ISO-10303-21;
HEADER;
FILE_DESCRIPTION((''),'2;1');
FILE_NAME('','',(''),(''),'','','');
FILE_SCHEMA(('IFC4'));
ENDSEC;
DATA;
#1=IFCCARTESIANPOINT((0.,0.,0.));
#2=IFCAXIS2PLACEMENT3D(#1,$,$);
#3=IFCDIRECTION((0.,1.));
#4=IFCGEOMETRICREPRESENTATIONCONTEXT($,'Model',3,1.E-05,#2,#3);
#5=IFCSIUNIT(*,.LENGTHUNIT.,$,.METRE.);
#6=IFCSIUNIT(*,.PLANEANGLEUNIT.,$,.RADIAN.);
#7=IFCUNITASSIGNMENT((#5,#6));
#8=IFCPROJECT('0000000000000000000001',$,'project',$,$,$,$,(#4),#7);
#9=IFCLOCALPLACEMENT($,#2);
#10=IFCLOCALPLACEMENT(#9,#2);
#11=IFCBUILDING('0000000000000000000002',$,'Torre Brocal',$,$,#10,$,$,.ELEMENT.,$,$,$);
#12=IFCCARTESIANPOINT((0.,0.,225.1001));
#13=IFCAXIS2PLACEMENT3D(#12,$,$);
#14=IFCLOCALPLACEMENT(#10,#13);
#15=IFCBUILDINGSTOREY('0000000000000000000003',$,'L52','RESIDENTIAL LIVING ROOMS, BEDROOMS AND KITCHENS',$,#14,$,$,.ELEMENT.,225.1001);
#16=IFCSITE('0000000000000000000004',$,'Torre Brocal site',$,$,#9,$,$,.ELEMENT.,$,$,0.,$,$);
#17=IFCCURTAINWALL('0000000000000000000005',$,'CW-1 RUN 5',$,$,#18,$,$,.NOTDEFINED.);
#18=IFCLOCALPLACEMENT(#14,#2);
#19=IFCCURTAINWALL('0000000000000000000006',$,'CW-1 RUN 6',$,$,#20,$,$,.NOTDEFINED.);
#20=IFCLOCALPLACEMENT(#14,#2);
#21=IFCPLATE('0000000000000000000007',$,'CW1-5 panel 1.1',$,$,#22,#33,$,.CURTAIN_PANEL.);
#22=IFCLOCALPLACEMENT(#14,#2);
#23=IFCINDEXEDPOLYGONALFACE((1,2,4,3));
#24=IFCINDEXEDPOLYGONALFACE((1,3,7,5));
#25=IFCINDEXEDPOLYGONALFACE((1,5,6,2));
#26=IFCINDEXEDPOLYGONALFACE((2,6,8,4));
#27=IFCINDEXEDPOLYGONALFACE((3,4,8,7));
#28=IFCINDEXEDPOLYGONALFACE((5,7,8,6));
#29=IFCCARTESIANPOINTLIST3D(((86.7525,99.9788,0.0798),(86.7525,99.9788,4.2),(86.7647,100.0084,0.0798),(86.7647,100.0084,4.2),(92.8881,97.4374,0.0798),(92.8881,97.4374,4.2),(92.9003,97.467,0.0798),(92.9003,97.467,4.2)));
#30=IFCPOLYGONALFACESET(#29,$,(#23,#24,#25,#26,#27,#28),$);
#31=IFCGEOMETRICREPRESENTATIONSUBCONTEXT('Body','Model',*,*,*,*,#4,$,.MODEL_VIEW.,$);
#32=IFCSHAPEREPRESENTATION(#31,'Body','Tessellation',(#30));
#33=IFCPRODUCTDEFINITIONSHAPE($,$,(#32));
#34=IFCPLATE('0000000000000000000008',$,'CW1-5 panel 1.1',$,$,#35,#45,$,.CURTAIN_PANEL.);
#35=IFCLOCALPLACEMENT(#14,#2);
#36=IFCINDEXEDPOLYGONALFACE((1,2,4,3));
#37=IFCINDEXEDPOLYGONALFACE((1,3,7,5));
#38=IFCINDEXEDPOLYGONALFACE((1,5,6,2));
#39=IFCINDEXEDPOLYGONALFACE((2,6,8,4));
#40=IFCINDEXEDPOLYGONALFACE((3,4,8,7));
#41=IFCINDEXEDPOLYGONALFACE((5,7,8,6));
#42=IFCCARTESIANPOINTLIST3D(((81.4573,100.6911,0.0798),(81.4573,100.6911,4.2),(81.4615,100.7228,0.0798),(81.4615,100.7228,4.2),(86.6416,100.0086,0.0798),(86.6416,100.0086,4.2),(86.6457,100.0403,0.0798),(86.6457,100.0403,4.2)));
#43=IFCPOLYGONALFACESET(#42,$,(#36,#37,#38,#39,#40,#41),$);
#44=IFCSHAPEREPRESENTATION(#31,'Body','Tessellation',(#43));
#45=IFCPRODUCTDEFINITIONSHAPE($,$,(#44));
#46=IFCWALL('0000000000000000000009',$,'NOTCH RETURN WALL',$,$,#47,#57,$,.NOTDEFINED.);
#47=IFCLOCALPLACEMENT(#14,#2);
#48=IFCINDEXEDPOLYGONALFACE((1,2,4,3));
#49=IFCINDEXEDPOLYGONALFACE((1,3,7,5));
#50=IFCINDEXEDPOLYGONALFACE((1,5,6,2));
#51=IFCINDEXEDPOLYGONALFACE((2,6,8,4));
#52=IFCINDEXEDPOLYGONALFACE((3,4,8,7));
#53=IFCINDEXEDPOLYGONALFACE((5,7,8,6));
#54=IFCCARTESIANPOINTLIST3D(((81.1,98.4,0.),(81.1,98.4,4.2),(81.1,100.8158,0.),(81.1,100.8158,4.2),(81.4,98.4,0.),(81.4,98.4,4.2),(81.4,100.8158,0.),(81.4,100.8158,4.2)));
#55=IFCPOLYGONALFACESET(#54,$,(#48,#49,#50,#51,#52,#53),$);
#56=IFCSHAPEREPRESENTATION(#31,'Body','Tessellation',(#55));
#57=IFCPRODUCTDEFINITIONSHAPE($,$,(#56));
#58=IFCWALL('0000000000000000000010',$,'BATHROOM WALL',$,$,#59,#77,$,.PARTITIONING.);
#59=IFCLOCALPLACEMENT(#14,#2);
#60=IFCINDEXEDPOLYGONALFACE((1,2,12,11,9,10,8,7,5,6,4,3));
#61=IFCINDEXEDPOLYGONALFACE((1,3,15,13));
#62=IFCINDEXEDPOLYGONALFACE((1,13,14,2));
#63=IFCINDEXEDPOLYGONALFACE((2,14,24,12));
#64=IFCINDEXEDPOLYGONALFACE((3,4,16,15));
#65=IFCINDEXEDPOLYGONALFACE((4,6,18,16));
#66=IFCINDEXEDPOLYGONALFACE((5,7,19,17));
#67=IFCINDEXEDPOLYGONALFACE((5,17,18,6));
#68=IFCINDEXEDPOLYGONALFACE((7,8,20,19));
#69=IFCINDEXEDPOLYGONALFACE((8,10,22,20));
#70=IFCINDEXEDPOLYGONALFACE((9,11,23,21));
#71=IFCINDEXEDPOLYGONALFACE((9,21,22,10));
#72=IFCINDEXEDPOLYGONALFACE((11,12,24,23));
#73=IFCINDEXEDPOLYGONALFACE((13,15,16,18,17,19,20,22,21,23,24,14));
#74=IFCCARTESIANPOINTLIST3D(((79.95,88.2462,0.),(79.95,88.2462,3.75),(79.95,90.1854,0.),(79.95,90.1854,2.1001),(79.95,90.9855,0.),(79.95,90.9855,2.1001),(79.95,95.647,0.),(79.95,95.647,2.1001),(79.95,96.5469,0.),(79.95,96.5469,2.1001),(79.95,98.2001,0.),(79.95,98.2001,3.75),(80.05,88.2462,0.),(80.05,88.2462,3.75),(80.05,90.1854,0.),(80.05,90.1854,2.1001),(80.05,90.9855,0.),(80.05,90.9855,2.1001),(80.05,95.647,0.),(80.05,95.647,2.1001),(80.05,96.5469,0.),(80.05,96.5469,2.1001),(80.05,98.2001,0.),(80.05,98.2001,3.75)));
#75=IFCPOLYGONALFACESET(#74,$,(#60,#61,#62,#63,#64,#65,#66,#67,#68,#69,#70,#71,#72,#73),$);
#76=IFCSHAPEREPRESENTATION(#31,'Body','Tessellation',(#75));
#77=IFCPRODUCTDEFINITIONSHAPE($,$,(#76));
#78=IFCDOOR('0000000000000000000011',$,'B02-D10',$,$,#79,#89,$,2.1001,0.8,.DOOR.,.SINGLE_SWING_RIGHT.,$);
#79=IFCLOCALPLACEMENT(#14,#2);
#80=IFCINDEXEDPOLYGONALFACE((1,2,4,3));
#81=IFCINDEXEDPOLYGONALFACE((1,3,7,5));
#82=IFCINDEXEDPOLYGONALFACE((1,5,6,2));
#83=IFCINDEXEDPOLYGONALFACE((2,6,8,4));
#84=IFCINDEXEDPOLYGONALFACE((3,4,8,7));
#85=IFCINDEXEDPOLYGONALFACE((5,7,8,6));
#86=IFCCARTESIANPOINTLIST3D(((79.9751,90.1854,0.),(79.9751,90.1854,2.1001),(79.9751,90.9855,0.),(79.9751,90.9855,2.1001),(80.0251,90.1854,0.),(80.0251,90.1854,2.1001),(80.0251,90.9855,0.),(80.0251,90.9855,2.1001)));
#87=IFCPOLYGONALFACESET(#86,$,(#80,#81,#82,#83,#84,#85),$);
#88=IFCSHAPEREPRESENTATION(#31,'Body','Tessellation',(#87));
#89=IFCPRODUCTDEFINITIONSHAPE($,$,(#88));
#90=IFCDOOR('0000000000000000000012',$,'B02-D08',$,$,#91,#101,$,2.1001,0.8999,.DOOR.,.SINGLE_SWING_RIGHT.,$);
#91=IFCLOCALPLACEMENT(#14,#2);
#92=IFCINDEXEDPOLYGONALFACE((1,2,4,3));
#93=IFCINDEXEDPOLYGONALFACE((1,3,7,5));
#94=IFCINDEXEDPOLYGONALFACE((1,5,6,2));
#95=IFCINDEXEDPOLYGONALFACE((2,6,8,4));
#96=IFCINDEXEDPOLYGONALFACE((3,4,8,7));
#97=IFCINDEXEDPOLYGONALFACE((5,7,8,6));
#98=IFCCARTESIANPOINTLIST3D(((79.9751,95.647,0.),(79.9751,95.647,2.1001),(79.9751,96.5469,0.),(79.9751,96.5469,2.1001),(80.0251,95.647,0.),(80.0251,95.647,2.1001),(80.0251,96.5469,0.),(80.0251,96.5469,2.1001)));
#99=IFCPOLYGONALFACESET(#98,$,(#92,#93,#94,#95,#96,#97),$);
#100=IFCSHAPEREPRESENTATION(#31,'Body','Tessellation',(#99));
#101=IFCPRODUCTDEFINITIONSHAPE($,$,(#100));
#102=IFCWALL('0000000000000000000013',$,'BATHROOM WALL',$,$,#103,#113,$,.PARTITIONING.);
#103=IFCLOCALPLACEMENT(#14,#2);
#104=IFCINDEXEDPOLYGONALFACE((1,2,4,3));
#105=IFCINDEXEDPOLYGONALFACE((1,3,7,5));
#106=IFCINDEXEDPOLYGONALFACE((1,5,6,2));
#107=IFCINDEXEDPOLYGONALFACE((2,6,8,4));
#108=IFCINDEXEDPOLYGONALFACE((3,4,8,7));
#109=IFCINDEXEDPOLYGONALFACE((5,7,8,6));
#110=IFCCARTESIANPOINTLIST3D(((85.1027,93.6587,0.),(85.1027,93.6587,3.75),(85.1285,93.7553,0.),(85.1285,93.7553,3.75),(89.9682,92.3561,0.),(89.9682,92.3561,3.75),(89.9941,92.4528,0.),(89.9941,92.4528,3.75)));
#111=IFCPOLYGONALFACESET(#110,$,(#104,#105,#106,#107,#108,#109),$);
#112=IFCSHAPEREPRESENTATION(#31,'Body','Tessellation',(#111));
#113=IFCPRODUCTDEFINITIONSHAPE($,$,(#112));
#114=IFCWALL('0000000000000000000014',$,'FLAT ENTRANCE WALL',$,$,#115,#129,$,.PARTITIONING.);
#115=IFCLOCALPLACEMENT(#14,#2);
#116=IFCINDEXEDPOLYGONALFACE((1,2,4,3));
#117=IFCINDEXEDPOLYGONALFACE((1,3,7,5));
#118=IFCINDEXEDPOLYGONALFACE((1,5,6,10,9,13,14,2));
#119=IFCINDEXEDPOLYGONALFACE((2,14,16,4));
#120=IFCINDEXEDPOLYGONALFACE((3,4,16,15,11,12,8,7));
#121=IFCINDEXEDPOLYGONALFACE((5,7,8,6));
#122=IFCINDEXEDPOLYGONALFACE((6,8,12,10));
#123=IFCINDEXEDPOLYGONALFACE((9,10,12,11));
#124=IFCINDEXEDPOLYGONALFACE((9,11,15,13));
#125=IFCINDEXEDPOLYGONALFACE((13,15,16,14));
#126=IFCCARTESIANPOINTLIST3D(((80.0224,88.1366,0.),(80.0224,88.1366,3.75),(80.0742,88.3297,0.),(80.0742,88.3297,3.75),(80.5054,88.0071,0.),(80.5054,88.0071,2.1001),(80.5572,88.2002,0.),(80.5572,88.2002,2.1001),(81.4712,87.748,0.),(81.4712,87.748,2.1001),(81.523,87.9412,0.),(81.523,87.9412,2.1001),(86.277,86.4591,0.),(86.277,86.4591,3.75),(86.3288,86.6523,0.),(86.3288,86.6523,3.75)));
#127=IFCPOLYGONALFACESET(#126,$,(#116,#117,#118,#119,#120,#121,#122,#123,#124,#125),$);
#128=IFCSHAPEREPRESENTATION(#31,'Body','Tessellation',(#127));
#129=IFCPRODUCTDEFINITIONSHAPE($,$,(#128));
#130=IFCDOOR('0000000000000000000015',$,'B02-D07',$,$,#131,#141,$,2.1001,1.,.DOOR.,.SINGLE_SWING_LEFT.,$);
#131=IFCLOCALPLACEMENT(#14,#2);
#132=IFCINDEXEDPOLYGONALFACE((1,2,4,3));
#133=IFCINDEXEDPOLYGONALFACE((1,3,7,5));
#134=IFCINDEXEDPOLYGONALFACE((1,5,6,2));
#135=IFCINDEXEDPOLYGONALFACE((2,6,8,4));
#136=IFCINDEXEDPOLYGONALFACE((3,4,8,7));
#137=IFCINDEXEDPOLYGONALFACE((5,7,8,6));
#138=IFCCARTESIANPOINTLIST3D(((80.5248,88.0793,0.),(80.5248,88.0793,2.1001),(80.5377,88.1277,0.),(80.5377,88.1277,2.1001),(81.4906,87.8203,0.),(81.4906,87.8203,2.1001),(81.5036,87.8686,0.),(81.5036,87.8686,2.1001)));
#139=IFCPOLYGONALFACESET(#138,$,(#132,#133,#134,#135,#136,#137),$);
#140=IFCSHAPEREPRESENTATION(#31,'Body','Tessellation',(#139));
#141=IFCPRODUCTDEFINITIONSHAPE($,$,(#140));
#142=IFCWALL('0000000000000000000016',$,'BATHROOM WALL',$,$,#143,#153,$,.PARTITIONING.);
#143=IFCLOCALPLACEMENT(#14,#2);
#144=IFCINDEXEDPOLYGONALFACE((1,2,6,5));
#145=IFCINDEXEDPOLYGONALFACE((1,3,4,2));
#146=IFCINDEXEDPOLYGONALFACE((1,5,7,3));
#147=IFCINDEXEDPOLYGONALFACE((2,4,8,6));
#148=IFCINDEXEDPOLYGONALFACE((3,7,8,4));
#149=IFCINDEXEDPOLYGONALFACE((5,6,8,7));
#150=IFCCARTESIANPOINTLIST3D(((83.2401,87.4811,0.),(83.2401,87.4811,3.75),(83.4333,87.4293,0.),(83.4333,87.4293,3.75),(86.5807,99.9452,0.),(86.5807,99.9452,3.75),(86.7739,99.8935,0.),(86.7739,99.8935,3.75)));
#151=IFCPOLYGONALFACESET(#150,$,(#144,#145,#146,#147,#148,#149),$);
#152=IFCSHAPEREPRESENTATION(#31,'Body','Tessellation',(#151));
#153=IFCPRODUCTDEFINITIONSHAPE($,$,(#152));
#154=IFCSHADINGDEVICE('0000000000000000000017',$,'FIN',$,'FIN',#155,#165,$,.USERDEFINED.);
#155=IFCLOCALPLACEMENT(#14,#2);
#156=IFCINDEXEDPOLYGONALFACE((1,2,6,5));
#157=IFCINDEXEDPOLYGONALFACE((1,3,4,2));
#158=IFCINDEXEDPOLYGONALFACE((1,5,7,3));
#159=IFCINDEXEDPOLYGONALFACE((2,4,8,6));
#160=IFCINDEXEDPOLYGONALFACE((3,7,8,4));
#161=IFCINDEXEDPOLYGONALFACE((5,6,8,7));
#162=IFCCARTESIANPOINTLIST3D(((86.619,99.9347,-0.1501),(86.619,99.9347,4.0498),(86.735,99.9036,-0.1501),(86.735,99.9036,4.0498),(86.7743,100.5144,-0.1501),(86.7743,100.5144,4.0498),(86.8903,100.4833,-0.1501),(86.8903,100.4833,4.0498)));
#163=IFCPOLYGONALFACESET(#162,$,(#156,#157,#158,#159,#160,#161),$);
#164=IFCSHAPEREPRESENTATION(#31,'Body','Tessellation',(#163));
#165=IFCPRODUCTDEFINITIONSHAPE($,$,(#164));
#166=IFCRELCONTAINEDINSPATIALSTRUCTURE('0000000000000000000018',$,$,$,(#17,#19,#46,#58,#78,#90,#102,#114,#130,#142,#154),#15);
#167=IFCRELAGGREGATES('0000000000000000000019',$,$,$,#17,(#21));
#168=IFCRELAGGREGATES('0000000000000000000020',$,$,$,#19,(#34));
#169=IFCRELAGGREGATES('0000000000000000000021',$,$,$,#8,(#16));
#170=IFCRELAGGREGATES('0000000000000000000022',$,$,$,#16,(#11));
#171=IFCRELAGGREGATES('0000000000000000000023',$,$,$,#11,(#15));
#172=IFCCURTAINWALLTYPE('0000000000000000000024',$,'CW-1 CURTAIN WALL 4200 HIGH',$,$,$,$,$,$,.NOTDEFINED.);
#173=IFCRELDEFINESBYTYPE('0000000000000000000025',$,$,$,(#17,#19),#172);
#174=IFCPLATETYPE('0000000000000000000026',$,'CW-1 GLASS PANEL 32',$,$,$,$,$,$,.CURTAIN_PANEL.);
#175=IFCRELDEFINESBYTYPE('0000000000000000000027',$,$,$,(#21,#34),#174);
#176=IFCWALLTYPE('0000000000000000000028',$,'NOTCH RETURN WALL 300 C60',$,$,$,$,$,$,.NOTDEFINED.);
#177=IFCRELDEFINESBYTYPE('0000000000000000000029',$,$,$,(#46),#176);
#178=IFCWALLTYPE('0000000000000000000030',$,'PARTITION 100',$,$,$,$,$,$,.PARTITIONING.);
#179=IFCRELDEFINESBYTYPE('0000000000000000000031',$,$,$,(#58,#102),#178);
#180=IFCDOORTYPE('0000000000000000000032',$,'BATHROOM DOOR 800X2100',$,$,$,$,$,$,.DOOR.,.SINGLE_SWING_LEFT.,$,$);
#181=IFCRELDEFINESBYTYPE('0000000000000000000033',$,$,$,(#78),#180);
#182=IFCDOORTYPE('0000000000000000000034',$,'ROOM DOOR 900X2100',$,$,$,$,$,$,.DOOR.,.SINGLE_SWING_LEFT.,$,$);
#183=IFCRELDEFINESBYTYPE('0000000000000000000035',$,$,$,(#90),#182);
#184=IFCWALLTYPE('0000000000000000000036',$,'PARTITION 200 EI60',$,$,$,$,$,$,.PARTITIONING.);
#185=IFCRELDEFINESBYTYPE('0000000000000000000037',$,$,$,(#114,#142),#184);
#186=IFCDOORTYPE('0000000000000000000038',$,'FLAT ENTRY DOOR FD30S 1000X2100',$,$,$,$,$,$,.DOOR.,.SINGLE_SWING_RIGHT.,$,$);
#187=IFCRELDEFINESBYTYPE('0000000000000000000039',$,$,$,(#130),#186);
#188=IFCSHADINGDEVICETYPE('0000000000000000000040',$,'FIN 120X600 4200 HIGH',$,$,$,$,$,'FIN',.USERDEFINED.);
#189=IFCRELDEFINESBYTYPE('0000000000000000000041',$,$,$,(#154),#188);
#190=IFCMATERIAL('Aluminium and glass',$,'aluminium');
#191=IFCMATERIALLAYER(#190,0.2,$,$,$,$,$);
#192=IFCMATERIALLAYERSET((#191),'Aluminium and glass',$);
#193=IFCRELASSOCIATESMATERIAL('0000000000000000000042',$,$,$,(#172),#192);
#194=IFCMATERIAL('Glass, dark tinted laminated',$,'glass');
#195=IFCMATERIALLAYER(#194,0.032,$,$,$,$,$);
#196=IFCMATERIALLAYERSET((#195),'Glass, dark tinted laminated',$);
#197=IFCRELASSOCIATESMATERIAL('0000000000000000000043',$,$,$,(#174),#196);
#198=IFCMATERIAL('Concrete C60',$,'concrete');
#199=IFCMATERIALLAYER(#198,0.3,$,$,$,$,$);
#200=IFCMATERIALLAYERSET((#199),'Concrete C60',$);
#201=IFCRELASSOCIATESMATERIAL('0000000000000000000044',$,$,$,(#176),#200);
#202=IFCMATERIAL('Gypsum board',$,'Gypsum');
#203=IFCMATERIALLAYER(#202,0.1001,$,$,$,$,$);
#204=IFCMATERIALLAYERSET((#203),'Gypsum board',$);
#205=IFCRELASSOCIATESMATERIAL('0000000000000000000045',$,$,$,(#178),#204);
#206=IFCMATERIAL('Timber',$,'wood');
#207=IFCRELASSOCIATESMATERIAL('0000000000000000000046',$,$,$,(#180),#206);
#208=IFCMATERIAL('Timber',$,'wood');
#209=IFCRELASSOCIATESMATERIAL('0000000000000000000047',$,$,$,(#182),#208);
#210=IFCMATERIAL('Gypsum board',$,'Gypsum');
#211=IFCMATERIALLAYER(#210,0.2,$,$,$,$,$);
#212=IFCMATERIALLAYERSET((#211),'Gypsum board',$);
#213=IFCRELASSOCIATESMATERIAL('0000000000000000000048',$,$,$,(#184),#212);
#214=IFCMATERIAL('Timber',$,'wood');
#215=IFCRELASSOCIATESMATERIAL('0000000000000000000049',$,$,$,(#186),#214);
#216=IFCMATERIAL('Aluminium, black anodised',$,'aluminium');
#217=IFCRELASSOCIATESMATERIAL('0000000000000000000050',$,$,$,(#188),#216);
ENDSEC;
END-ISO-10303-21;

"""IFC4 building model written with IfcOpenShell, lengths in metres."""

from ifc_helpers import new_model, si_unit, direction, frame, frame_2d, origin, origin_2d, place, context, subcontext, project, spatial, rectangle, extrude, material, layer, layer_set, material_profile, profile_set, type_object, element, fill, aggregate, save


model = new_model("IFC4")

# Units and contexts
model_context = context("Model", 3, precision=1e-05, world=origin(), true_north=direction((0.0, 1.0)))
body_context = subcontext(model_context, "Body", "Model", "MODEL_VIEW")
ifc_project = project(units=[si_unit("LENGTHUNIT", "METRE"), si_unit("PLANEANGLEUNIT", "RADIAN")], contexts=[model_context])

# Site, building, storey
site_placement = place(None, origin())
site = spatial("IfcSite", under=ifc_project, at=site_placement, Name="Torre Brocal site", CompositionType="ELEMENT", RefElevation=0.0)
building_placement = place(site_placement, origin())
building = spatial("IfcBuilding", under=site, at=building_placement, Name="Torre Brocal", CompositionType="ELEMENT")
storey_placement = place(building_placement, frame((0.0, 0.0, 225.1001)))
storey = spatial("IfcBuildingStorey", under=building, at=storey_placement, Name="L52", Description="RESIDENTIAL LIVING ROOMS, BEDROOMS AND KITCHENS", CompositionType="ELEMENT", Elevation=225.1001)

# Curtain wall
ifc_material_1 = material(Name="Aluminium and glass", Category="aluminium")
ifc_layer_1 = layer(ifc_material_1, 0.2)
ifc_layer_set_1 = layer_set([ifc_layer_1], Name="Aluminium and glass")
curtain_wall_type = type_object("IfcCurtainWallType", Name="CW-1 CURTAIN WALL 4200 HIGH", PredefinedType="NOTDEFINED", material=ifc_layer_set_1)
curtain_wall_1_placement = place(storey_placement, origin())
curtain_wall_1 = element("IfcCurtainWall", 1, at=curtain_wall_1_placement, inside=storey, type_object=curtain_wall_type, Name="CW-1 RUN 5", PredefinedType="NOTDEFINED")

# Curtain wall
curtain_wall_2_placement = place(storey_placement, origin())
curtain_wall_2 = element("IfcCurtainWall", 2, at=curtain_wall_2_placement, inside=storey, type_object=curtain_wall_type, Name="CW-1 RUN 6", PredefinedType="NOTDEFINED")

# Plates
ifc_material_2 = material(Name="Glass, dark tinted laminated", Category="glass")
ifc_layer_2 = layer(ifc_material_2, 0.032)
ifc_layer_set_2 = layer_set([ifc_layer_2], Name="Glass, dark tinted laminated")
plate_type = type_object("IfcPlateType", Name="CW-1 GLASS PANEL 32", PredefinedType="CURTAIN_PANEL", material=ifc_layer_set_2)
plate_1_placement = place(storey_placement, frame((89.8264, 98.7229, 0.0798), z_axis=(0.0, 0.0, 1.0), x_axis=(-0.92388, 0.382683, 0.0)))
plate_1 = element("IfcPlate", 3, at=plate_1_placement, type_object=plate_type, Name="CW1-5 panel 1.1", PredefinedType="CURTAIN_PANEL", context=body_context, shape_type="SweptSolid", body=[
    extrude(rectangle(XDim=6.6411, YDim=0.032, at=origin_2d()), origin(), (0.0, 0.0, 1.0), 4.1201),
])
aggregate(curtain_wall_1, [plate_1])
plate_2_placement = place(storey_placement, frame((84.0515, 100.3657, 0.0798), z_axis=(0.0, 0.0, 1.0), x_axis=(-0.991445, 0.130526, 0.0)))
plate_2 = element("IfcPlate", 4, at=plate_2_placement, type_object=plate_type, Name="CW1-5 panel 1.1", PredefinedType="CURTAIN_PANEL", context=body_context, shape_type="SweptSolid", body=[
    extrude(rectangle(XDim=5.229, YDim=0.032, at=origin_2d()), origin(), (0.0, 0.0, 1.0), 4.1201),
])
aggregate(curtain_wall_2, [plate_2])

# Wall
ifc_material_3 = material(Name="Concrete C60", Category="concrete")
ifc_layer_3 = layer(ifc_material_3, 0.3)
ifc_layer_set_3 = layer_set([ifc_layer_3], Name="Concrete C60")
wall_type_1 = type_object("IfcWallType", Name="NOTCH RETURN WALL 300 C60", PredefinedType="NOTDEFINED", material=ifc_layer_set_3)
wall_1_placement = place(storey_placement, frame((81.25, 98.3999, 0.0), z_axis=(0.0, 0.0, 1.0), x_axis=(0.0, 1.0, 0.0)))
element("IfcWall", 5, at=wall_1_placement, inside=storey, type_object=wall_type_1, Name="NOTCH RETURN WALL", PredefinedType="NOTDEFINED", context=body_context, shape_type="SweptSolid", body=[
    extrude(rectangle(XDim=2.4158, YDim=0.3, at=frame_2d((1.208, 0.0))), origin(), (0.0, 0.0, 1.0), 4.2),
])

# Wall, openings, doors
ifc_material_4 = material(Name="Gypsum board", Category="Gypsum")
ifc_layer_4 = layer(ifc_material_4, 0.1001)
ifc_layer_set_4 = layer_set([ifc_layer_4], Name="Gypsum board")
wall_type_2 = type_object("IfcWallType", Name="PARTITION 100", PredefinedType="PARTITIONING", material=ifc_layer_set_4)
wall_2_placement = place(storey_placement, frame((80.0, 88.2461, 0.0), z_axis=(0.0, 0.0, 1.0), x_axis=(0.0, 1.0, 0.0)))
wall_2 = element("IfcWall", 6, at=wall_2_placement, inside=storey, type_object=wall_type_2, Name="BATHROOM WALL", PredefinedType="PARTITIONING", context=body_context, shape_type="SweptSolid", body=[
    extrude(rectangle(XDim=9.9539, YDim=0.1001, at=frame_2d((4.9771, 0.0))), origin(), (0.0, 0.0, 1.0), 3.75),
])
opening_1_placement = place(wall_2_placement, frame((7.4009, 0.0, 0.0)))
opening_1 = element("IfcOpeningElement", 7, at=opening_1_placement, cuts=wall_2, PredefinedType="OPENING", context=body_context, shape_type="SweptSolid", body=[
    extrude(rectangle(XDim=0.8999, YDim=2.1001, at=frame_2d((0.45, 1.05))), frame((0.0, 0.0601, 0.0), z_axis=(0.0, -1.0, 0.0), x_axis=(1.0, 0.0, 0.0)), (0.0, 0.0, 1.0), 0.1201),
])
opening_2_placement = place(wall_2_placement, frame((1.9395, 0.0, 0.0)))
opening_2 = element("IfcOpeningElement", 8, at=opening_2_placement, cuts=wall_2, PredefinedType="OPENING", context=body_context, shape_type="SweptSolid", body=[
    extrude(rectangle(XDim=0.8, YDim=2.1001, at=frame_2d((0.3999, 1.05))), frame((0.0, 0.0601, 0.0), z_axis=(0.0, -1.0, 0.0), x_axis=(1.0, 0.0, 0.0)), (0.0, 0.0, 1.0), 0.1201),
])
ifc_material_5 = material(Name="Timber", Category="wood")
door_type_1 = type_object("IfcDoorType", Name="BATHROOM DOOR 800X2100", OperationType="SINGLE_SWING_LEFT", PredefinedType="DOOR", material=ifc_material_5)
door_1_placement = place(opening_2_placement, origin())
door_1 = element("IfcDoor", 9, at=door_1_placement, inside=storey, type_object=door_type_1, Name="B02-D10", OperationType="SINGLE_SWING_RIGHT", OverallHeight=2.1001, OverallWidth=0.8, PredefinedType="DOOR", context=body_context, shape_type="SweptSolid", body=[
    extrude(rectangle(XDim=0.8, YDim=2.1001, at=frame_2d((0.3999, 1.05))), frame((0.0, 0.0249, 0.0), z_axis=(0.0, -1.0, 0.0), x_axis=(1.0, 0.0, 0.0)), (0.0, 0.0, 1.0), 0.05),
])
fill(opening_2, door_1)
ifc_material_6 = material(Name="Timber", Category="wood")
door_type_2 = type_object("IfcDoorType", Name="ROOM DOOR 900X2100", OperationType="SINGLE_SWING_LEFT", PredefinedType="DOOR", material=ifc_material_6)
door_2_placement = place(opening_1_placement, origin())
door_2 = element("IfcDoor", 10, at=door_2_placement, inside=storey, type_object=door_type_2, Name="B02-D08", OperationType="SINGLE_SWING_RIGHT", OverallHeight=2.1001, OverallWidth=0.8999, PredefinedType="DOOR", context=body_context, shape_type="SweptSolid", body=[
    extrude(rectangle(XDim=0.8999, YDim=2.1001, at=frame_2d((0.45, 1.05))), frame((0.0, 0.0249, 0.0), z_axis=(0.0, -1.0, 0.0), x_axis=(1.0, 0.0, 0.0)), (0.0, 0.0, 1.0), 0.05),
])
fill(opening_1, door_2)

# Wall
wall_3_placement = place(storey_placement, frame((85.1155, 93.707, 0.0), z_axis=(0.0, 0.0, 1.0), x_axis=(0.965986, -0.258595, 0.0)))
element("IfcWall", 11, at=wall_3_placement, inside=storey, type_object=wall_type_2, Name="BATHROOM WALL", PredefinedType="PARTITIONING", context=body_context, shape_type="SweptSolid", body=[
    extrude(rectangle(XDim=5.0369, YDim=0.1001, at=frame_2d((2.5186, 0.0))), origin(), (0.0, 0.0, 1.0), 3.75),
])

# Wall, opening, door
ifc_material_7 = material(Name="Gypsum board", Category="Gypsum")
ifc_layer_5 = layer(ifc_material_7, 0.2)
ifc_layer_set_5 = layer_set([ifc_layer_5], Name="Gypsum board")
wall_type_3 = type_object("IfcWallType", Name="PARTITION 200 EI60", PredefinedType="PARTITIONING", material=ifc_layer_set_5)
wall_4_placement = place(storey_placement, frame((80.0483, 88.2332, 0.0), z_axis=(0.0, 0.0, 1.0), x_axis=(0.965865, -0.259045, 0.0)))
wall_4 = element("IfcWall", 12, at=wall_4_placement, inside=storey, type_object=wall_type_3, Name="FLAT ENTRANCE WALL", PredefinedType="PARTITIONING", context=body_context, shape_type="SweptSolid", body=[
    extrude(rectangle(XDim=6.4756, YDim=0.2, at=frame_2d((3.2378, 0.0))), origin(), (0.0, 0.0, 1.0), 3.75),
])
opening_3_placement = place(wall_4_placement, frame((0.5, 0.0, 0.0)))
opening_3 = element("IfcOpeningElement", 13, at=opening_3_placement, cuts=wall_4, PredefinedType="OPENING", context=body_context, shape_type="SweptSolid", body=[
    extrude(rectangle(XDim=1.0, YDim=2.1001, at=frame_2d((0.5, 1.05))), frame((0.0, 0.1099, 0.0), z_axis=(0.0, -1.0, 0.0), x_axis=(1.0, 0.0, 0.0)), (0.0, 0.0, 1.0), 0.22),
])
ifc_material_8 = material(Name="Timber", Category="wood")
door_type_3 = type_object("IfcDoorType", Name="FLAT ENTRY DOOR FD30S 1000X2100", OperationType="SINGLE_SWING_RIGHT", PredefinedType="DOOR", material=ifc_material_8)
door_3_placement = place(opening_3_placement, origin())
door_3 = element("IfcDoor", 14, at=door_3_placement, inside=storey, type_object=door_type_3, Name="B02-D07", OperationType="SINGLE_SWING_LEFT", OverallHeight=2.1001, OverallWidth=1.0, PredefinedType="DOOR", context=body_context, shape_type="SweptSolid", body=[
    extrude(rectangle(XDim=1.0, YDim=2.1001, at=frame_2d((0.5, 1.05))), frame((0.0, 0.0249, 0.0), z_axis=(0.0, -1.0, 0.0), x_axis=(1.0, 0.0, 0.0)), (0.0, 0.0, 1.0), 0.05),
])
fill(opening_3, door_3)

# Wall
wall_5_placement = place(storey_placement, frame((83.3367, 87.4551, 0.0), z_axis=(0.0, 0.0, 1.0), x_axis=(0.258879, 0.96591, 0.0)))
element("IfcWall", 15, at=wall_5_placement, inside=storey, type_object=wall_type_3, Name="BATHROOM WALL", PredefinedType="PARTITIONING", context=body_context, shape_type="SweptSolid", body=[
    extrude(rectangle(XDim=12.9041, YDim=0.2, at=frame_2d((6.4521, 0.0))), origin(), (0.0, 0.0, 1.0), 3.75),
])

# Shading device
ifc_material_9 = material(Name="Aluminium, black anodised", Category="aluminium")
ifc_material_profile_1 = material_profile(ifc_material_9, rectangle(XDim=0.1201, YDim=0.6001, at=origin_2d()), Name="FIN 120X600 4200 HIGH")
ifc_profile_set_1 = profile_set([ifc_material_profile_1], Name="Aluminium, black anodised")
shading_device_type = type_object("IfcShadingDeviceType", Name="FIN 120X600 4200 HIGH", ElementType="FIN", PredefinedType="USERDEFINED", material=ifc_profile_set_1)
shading_device_placement = place(storey_placement, frame((86.7546, 100.209, -0.1501), z_axis=(0.0, 0.0, 1.0), x_axis=(-0.965926, 0.258819, 0.0)))
element("IfcShadingDevice", 16, at=shading_device_placement, inside=storey, type_object=shading_device_type, Name="FIN", ObjectType="FIN", PredefinedType="USERDEFINED", context=body_context, shape_type="SweptSolid", body=[
    extrude(rectangle(XDim=0.1201, YDim=0.6001, at=origin_2d()), origin(), (0.0, 0.0, 1.0), 4.2),
])

save(model, "model.ifc")
